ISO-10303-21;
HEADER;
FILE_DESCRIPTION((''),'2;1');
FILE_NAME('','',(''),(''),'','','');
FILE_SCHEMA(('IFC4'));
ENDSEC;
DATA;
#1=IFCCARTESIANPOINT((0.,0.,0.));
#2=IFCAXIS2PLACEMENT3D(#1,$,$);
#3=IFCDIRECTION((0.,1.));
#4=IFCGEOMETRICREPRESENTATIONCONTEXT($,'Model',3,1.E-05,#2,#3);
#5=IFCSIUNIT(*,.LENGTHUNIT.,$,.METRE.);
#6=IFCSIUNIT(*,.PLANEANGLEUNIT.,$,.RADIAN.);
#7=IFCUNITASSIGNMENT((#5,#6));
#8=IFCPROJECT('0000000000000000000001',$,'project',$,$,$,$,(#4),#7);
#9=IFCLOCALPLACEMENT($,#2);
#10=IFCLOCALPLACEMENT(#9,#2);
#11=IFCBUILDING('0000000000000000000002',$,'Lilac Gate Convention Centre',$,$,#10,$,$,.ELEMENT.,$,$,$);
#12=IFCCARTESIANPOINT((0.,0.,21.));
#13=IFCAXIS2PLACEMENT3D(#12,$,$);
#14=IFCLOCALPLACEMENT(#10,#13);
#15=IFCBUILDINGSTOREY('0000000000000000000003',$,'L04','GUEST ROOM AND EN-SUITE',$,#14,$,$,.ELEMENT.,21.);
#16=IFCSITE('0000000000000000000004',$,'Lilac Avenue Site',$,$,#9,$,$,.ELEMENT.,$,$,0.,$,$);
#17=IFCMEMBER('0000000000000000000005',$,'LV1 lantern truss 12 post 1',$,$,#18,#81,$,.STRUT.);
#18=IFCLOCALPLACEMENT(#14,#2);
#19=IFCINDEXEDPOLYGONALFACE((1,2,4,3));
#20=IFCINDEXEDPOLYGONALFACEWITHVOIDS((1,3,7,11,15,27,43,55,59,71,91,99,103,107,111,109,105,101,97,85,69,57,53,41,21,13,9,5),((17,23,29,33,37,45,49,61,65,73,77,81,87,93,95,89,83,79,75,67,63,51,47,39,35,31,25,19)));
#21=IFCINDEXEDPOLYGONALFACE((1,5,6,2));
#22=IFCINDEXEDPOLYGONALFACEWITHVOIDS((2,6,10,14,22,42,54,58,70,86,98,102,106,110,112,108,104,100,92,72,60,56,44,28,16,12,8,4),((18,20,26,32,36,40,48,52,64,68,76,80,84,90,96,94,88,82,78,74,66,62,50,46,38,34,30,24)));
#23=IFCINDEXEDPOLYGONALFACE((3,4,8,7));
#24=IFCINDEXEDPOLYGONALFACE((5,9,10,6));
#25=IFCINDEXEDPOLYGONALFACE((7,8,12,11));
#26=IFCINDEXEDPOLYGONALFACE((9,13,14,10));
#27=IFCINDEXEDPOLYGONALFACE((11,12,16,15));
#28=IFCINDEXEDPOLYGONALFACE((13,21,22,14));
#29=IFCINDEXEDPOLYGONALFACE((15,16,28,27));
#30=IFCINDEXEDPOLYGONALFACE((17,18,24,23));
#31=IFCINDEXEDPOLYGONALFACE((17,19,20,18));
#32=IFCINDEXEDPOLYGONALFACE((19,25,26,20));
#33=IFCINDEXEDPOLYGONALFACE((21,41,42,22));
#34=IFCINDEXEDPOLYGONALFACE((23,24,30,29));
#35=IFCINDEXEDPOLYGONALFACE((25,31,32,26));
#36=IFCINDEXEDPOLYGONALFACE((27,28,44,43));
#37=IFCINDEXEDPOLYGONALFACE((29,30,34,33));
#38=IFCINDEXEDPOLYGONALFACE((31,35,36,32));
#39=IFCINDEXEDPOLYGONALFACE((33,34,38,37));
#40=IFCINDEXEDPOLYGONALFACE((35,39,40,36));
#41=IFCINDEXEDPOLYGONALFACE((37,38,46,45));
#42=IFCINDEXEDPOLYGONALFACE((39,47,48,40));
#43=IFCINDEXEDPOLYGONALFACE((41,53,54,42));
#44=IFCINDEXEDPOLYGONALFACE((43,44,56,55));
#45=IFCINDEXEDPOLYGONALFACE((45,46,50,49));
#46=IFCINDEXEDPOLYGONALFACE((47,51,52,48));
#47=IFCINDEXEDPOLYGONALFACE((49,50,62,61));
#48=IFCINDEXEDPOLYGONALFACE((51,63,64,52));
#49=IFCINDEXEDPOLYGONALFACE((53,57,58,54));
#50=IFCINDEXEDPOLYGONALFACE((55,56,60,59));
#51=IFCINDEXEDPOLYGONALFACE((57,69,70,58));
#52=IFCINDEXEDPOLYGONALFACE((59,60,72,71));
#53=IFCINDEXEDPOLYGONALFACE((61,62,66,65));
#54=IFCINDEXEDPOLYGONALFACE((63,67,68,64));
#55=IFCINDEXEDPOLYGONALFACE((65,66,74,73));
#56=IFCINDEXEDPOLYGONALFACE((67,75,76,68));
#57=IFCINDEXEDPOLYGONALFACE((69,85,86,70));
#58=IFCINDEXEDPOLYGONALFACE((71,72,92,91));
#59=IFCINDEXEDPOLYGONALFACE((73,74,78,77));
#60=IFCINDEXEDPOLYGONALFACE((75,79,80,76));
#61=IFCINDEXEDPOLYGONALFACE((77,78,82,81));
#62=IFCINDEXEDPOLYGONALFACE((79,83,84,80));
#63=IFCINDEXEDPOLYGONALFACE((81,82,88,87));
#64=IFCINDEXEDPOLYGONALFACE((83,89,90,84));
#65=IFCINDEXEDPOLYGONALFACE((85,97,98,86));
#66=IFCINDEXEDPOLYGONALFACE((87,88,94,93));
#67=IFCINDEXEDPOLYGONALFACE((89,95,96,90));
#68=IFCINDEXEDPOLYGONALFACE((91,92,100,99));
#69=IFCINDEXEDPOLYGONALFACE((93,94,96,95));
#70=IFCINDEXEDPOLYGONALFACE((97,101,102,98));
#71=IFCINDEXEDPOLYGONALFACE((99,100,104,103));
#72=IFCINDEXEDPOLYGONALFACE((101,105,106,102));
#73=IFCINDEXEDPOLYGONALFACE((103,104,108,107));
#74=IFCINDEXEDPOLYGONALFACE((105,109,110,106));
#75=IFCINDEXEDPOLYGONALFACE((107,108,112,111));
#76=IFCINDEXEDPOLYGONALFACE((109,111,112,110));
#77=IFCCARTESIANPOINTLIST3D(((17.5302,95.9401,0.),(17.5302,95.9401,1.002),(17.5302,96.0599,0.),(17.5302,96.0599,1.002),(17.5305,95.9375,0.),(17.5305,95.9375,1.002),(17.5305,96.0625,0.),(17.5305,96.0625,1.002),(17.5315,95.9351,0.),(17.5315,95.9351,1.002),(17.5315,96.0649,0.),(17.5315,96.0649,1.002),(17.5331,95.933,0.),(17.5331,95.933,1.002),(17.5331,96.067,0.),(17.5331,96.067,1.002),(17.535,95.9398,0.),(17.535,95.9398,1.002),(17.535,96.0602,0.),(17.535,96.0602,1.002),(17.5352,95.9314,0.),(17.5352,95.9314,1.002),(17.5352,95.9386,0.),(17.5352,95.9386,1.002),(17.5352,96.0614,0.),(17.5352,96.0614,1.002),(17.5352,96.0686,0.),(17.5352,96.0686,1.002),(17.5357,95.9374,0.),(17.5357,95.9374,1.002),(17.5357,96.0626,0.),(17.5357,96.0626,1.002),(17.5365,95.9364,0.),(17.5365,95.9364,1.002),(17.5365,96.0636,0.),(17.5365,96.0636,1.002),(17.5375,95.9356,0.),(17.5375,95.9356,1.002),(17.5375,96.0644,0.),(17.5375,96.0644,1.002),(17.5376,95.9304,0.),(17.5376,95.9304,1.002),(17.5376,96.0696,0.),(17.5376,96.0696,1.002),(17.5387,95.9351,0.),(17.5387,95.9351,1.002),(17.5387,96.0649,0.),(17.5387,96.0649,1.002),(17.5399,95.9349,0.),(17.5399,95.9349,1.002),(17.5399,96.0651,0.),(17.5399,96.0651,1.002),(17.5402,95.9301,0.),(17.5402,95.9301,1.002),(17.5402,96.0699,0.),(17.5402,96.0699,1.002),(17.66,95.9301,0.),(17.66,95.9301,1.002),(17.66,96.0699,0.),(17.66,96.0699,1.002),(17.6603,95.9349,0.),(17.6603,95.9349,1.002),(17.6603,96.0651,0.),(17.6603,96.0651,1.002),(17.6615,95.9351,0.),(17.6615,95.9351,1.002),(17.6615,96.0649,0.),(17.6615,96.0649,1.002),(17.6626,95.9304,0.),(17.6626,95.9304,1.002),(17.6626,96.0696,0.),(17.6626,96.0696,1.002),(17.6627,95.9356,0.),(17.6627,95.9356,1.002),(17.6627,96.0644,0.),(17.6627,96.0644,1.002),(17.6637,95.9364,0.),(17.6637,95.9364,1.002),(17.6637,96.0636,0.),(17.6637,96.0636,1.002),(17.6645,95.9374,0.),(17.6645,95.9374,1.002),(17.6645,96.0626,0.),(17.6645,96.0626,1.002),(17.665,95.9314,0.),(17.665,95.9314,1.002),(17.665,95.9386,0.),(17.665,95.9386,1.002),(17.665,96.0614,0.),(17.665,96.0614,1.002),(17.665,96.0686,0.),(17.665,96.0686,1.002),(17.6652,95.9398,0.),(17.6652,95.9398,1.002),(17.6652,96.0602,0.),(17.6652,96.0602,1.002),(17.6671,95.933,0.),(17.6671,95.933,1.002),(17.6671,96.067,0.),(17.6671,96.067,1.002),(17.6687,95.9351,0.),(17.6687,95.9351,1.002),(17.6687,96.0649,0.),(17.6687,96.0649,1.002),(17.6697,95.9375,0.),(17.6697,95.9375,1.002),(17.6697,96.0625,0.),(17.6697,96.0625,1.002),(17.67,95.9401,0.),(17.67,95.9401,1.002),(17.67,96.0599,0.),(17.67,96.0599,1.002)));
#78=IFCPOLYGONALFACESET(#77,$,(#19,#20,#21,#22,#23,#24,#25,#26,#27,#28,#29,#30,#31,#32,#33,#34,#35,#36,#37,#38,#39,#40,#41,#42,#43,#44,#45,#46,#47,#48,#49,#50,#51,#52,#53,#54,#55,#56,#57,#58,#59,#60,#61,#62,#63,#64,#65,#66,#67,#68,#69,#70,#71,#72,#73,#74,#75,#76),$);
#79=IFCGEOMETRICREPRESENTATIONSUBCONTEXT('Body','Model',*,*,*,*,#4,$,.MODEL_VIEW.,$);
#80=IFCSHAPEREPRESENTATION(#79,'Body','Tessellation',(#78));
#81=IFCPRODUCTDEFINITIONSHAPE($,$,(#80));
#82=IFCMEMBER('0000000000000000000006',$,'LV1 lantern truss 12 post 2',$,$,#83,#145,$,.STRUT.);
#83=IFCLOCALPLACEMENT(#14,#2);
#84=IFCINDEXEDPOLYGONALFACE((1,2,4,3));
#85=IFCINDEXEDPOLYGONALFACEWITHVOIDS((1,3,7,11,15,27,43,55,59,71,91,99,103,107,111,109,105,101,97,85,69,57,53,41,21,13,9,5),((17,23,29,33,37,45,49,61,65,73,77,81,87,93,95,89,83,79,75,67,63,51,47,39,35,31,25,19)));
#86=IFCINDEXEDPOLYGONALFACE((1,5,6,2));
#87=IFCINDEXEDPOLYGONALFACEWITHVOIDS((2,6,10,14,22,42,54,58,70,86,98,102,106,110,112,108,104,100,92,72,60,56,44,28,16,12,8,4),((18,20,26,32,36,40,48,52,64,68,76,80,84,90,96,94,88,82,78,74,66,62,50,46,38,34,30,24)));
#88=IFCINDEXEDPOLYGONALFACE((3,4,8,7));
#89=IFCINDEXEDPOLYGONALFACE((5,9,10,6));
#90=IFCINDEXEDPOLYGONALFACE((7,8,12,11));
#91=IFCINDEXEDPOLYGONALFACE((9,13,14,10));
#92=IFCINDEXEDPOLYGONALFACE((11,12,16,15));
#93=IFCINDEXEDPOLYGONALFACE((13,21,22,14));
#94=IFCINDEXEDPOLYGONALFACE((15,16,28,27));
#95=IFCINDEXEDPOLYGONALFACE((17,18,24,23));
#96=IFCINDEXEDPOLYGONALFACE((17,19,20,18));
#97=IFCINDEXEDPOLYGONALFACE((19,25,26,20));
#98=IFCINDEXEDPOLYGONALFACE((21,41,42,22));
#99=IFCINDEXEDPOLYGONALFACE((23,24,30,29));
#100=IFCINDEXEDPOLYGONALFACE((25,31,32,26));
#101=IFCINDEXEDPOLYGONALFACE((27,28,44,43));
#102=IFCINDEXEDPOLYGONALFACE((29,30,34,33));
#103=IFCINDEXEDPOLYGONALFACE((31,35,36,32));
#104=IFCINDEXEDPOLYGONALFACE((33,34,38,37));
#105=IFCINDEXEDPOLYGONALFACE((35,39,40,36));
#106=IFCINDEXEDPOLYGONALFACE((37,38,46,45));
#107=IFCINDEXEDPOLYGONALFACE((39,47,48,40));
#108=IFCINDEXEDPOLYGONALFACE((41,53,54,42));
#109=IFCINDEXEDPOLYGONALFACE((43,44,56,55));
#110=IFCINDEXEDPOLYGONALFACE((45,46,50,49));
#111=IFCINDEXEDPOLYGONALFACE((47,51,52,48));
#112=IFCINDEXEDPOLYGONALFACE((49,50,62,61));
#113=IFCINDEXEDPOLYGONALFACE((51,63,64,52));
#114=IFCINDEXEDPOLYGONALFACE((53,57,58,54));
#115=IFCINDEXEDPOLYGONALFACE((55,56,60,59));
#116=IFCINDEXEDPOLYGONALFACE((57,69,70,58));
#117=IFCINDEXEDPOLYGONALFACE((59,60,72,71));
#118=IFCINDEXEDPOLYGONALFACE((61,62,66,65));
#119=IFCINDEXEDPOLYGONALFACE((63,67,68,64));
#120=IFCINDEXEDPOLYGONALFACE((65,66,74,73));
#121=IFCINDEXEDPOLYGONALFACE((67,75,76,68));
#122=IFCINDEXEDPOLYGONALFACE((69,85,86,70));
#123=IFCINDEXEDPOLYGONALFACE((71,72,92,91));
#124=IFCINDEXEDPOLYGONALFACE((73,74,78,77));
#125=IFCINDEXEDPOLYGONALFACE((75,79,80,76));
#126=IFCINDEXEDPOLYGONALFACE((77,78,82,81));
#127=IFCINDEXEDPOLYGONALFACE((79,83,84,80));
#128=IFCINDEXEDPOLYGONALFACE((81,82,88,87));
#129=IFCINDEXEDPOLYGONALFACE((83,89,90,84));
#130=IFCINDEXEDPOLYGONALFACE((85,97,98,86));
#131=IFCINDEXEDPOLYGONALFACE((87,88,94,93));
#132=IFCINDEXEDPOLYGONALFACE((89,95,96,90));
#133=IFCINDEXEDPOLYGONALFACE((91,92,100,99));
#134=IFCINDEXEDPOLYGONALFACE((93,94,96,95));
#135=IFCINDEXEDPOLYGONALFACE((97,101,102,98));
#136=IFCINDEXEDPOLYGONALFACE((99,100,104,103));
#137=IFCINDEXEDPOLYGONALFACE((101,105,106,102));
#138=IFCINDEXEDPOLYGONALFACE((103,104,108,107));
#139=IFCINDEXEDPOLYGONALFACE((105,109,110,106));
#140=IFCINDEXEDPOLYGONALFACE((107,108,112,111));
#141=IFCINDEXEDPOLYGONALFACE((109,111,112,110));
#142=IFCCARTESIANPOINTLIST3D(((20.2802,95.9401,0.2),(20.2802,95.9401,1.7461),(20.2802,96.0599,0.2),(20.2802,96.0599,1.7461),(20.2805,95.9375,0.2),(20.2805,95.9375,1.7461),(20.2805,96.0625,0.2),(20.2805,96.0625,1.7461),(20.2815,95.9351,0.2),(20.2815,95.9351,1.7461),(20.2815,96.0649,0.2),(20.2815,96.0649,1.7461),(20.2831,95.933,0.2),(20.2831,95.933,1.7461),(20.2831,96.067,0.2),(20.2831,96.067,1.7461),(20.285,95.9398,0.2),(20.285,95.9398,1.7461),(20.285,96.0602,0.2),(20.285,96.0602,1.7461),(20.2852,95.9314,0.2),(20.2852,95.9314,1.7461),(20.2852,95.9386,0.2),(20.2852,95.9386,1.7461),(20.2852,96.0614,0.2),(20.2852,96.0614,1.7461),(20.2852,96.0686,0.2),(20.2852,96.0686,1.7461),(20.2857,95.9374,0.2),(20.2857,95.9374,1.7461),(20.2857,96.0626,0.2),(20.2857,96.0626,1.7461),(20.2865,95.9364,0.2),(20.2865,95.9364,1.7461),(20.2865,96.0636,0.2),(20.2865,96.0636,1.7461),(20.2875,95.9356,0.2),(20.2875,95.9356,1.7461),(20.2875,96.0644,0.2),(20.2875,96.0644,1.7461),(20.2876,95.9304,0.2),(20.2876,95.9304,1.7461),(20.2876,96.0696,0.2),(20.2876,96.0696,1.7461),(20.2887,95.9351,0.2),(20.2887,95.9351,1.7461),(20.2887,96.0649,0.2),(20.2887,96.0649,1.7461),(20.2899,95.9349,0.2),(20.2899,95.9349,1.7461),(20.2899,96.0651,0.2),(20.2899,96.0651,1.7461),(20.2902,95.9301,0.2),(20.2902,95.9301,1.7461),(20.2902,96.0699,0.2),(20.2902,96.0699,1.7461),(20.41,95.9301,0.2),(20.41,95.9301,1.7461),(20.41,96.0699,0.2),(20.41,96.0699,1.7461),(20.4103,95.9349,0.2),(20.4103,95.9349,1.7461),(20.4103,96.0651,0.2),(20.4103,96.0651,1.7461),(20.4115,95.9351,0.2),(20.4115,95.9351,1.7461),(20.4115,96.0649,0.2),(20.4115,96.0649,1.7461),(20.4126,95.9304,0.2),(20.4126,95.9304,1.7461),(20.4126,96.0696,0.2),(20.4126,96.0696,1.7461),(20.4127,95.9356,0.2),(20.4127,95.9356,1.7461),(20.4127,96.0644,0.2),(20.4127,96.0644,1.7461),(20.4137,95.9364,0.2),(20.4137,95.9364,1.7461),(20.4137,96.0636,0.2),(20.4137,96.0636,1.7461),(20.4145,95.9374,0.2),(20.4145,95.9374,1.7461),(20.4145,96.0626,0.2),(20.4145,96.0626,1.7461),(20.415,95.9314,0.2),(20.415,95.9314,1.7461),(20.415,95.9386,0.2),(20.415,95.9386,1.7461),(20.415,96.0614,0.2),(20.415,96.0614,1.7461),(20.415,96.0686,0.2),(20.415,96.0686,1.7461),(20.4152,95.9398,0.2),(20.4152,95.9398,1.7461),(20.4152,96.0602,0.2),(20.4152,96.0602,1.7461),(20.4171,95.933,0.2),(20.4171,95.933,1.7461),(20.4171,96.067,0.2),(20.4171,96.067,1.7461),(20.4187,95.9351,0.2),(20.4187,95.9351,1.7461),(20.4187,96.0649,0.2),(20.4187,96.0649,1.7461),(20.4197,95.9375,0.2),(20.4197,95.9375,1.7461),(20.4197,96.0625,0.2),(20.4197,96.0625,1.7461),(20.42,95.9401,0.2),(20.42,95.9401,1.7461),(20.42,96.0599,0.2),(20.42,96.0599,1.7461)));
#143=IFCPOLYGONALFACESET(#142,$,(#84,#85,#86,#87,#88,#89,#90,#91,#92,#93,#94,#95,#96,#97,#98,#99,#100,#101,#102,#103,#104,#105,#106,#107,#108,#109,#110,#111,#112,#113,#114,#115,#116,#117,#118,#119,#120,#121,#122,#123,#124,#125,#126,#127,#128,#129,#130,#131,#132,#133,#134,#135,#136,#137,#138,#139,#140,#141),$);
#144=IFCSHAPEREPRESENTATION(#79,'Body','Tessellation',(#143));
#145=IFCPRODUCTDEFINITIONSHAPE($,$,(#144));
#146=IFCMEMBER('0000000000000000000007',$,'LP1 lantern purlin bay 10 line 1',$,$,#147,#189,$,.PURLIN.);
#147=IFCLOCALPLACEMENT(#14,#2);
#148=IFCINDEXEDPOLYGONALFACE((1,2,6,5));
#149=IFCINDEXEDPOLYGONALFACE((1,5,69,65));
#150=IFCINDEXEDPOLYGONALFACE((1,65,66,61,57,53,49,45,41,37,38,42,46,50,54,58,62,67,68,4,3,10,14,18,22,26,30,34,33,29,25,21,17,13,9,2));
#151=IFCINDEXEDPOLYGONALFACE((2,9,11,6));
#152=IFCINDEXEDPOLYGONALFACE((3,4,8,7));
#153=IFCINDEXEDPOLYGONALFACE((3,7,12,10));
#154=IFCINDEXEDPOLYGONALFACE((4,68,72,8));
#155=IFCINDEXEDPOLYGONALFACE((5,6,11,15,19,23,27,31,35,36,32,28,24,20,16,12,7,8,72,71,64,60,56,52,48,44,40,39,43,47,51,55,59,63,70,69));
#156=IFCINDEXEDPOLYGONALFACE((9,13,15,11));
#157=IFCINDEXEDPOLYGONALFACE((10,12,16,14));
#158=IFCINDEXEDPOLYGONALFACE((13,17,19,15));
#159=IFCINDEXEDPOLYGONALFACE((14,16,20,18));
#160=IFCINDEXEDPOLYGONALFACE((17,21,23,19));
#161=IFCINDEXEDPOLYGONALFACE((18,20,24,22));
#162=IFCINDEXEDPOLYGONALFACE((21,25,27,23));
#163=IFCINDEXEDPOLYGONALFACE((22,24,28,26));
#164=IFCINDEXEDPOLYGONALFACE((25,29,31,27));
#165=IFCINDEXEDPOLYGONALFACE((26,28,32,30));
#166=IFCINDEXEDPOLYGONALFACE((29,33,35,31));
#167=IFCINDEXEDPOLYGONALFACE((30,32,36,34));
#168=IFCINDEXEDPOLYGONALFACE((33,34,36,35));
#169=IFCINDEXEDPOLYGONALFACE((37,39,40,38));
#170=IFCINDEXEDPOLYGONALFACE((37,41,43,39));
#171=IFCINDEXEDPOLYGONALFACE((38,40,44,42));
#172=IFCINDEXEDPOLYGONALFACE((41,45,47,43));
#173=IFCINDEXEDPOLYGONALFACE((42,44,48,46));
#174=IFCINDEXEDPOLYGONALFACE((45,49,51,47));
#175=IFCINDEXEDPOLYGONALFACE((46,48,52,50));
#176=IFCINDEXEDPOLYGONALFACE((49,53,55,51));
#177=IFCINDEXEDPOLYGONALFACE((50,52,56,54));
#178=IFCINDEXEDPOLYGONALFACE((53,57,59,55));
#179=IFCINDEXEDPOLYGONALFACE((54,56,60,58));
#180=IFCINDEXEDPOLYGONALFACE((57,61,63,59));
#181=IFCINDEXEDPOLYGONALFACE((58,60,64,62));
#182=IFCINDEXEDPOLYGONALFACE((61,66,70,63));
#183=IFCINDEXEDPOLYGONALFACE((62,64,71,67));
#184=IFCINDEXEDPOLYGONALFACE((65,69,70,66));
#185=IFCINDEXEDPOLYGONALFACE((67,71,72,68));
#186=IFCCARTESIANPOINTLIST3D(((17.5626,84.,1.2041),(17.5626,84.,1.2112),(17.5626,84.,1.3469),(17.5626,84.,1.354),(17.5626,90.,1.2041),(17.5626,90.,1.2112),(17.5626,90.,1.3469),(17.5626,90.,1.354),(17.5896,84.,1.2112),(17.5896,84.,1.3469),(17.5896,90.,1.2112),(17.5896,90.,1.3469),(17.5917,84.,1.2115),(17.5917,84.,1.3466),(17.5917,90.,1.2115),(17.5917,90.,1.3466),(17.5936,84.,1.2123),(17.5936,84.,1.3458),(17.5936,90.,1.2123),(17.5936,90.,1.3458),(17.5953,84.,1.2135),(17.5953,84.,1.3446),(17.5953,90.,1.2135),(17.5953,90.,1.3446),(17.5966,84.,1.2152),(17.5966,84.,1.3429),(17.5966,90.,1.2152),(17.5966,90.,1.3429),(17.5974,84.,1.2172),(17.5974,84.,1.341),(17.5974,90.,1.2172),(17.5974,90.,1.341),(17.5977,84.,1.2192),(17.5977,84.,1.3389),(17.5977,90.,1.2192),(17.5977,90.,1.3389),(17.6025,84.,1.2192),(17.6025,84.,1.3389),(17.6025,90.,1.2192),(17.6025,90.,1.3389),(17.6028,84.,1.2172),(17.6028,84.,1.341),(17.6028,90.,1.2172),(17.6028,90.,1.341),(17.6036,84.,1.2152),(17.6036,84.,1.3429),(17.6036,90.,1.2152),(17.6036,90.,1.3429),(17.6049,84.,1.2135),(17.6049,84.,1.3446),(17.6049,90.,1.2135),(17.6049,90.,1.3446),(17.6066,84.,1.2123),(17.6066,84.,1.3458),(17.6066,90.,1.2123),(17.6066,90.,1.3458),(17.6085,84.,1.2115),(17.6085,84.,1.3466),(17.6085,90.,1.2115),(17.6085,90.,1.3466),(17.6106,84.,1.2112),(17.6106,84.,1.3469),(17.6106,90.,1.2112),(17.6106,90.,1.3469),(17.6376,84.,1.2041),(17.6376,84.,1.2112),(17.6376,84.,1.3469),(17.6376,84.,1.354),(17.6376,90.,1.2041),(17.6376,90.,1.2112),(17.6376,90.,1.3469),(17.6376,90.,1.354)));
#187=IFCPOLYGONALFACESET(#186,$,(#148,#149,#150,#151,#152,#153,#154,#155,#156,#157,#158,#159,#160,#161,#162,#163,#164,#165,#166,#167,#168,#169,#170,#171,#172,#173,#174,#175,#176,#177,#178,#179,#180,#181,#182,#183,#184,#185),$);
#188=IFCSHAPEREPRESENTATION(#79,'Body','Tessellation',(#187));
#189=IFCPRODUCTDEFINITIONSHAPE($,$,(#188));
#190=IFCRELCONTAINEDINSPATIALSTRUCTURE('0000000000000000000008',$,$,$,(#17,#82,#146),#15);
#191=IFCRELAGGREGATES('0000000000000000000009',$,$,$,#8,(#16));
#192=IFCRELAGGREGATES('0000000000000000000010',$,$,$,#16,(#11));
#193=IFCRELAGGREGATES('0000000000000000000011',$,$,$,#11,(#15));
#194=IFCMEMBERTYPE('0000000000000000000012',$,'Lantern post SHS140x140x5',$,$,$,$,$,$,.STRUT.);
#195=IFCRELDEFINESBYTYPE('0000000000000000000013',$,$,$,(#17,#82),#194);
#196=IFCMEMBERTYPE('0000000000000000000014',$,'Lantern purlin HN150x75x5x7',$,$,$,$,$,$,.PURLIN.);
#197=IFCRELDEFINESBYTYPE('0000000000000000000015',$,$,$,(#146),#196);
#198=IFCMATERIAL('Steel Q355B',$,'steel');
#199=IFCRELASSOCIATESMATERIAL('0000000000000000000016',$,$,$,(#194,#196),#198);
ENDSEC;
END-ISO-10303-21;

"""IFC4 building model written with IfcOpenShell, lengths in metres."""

from ifc_helpers import new_model, si_unit, direction, frame, origin, origin_2d, place, context, subcontext, project, spatial, hollow_rectangle, i_section, extrude, material, material_profile, profile_set, type_object, element, save


model = new_model("IFC4")

# Units and contexts
model_context = context("Model", 3, precision=1e-05, world=origin(), true_north=direction((0.0, 1.0)))
body_context = subcontext(model_context, "Body", "Model", "MODEL_VIEW")
ifc_project = project(units=[si_unit("LENGTHUNIT", "METRE"), si_unit("PLANEANGLEUNIT", "RADIAN")], contexts=[model_context])

# Site, building, storey
site_placement = place(None, origin())
site = spatial("IfcSite", under=ifc_project, at=site_placement, Name="Lilac Avenue Site", CompositionType="ELEMENT", RefElevation=0.0)
building_placement = place(site_placement, origin())
building = spatial("IfcBuilding", under=site, at=building_placement, Name="Lilac Gate Convention Centre", CompositionType="ELEMENT")
storey_placement = place(building_placement, frame((0.0, 0.0, 21.0)))
storey = spatial("IfcBuildingStorey", under=building, at=storey_placement, Name="L04", Description="GUEST ROOM AND EN-SUITE", CompositionType="ELEMENT", Elevation=21.0)

# Members
ifc_material_1 = material(Name="Steel Q355B", Category="steel")
ifc_material_profile_1 = material_profile(ifc_material_1, hollow_rectangle(XDim=0.1399, YDim=0.1399, WallThickness=0.0049, InnerFilletRadius=0.0049, OuterFilletRadius=0.01, at=origin_2d()), Name="SHS140x140x5")
ifc_profile_set_1 = profile_set([ifc_material_profile_1], Name="Steel Q355B")
member_type_1 = type_object("IfcMemberType", Name="Lantern post SHS140x140x5", PredefinedType="STRUT", material=ifc_profile_set_1)
member_1_placement = place(storey_placement, frame((17.6001, 96.0, 0.0), z_axis=(0.0, 0.0, 1.0), x_axis=(1.0, 0.0, 0.0)))
element("IfcMember", 1, at=member_1_placement, inside=storey, type_object=member_type_1, Name="LV1 lantern truss 12 post 1", PredefinedType="STRUT", context=body_context, shape_type="SweptSolid", body=[
    extrude(hollow_rectangle(XDim=0.1399, YDim=0.1399, WallThickness=0.0049, InnerFilletRadius=0.0049, OuterFilletRadius=0.01, at=origin_2d()), origin(), (0.0, 0.0, 1.0), 1.002),
])
member_2_placement = place(storey_placement, frame((20.3501, 96.0, 0.2), z_axis=(0.0, 0.0, 1.0), x_axis=(1.0, 0.0, 0.0)))
element("IfcMember", 2, at=member_2_placement, inside=storey, type_object=member_type_1, Name="LV1 lantern truss 12 post 2", PredefinedType="STRUT", context=body_context, shape_type="SweptSolid", body=[
    extrude(hollow_rectangle(XDim=0.1399, YDim=0.1399, WallThickness=0.0049, InnerFilletRadius=0.0049, OuterFilletRadius=0.01, at=origin_2d()), origin(), (0.0, 0.0, 1.0), 1.5461),
])
ifc_material_profile_2 = material_profile(ifc_material_1, i_section(OverallWidth=0.075, OverallDepth=0.1499, WebThickness=0.0049, FlangeThickness=0.0071, FilletRadius=0.0081, at=origin_2d()), Name="HN150x75x5x7")
ifc_profile_set_2 = profile_set([ifc_material_profile_2], Name="Steel Q355B")
member_type_2 = type_object("IfcMemberType", Name="Lantern purlin HN150x75x5x7", PredefinedType="PURLIN", material=ifc_profile_set_2)
for number, where, z_axis, x_axis, name in (
    (3, (17.6001, 84.0, 1.2791), (0.0, 1.0, 0.0), (-1.0, 0.0, 0.0), "LP1 lantern purlin bay 10 line 1"),
):
    element("IfcMember", number, at=place(storey_placement, frame(where, z_axis=z_axis, x_axis=x_axis)), inside=storey, type_object=member_type_2, Name=name, PredefinedType="PURLIN", context=body_context, shape_type="SweptSolid", body=[
        extrude(i_section(OverallWidth=0.075, OverallDepth=0.1499, WebThickness=0.0049, FlangeThickness=0.0071, FilletRadius=0.0081, at=origin_2d()), origin(), (0.0, 0.0, 1.0), 6.0),
    ])

save(model, "model.ifc")
